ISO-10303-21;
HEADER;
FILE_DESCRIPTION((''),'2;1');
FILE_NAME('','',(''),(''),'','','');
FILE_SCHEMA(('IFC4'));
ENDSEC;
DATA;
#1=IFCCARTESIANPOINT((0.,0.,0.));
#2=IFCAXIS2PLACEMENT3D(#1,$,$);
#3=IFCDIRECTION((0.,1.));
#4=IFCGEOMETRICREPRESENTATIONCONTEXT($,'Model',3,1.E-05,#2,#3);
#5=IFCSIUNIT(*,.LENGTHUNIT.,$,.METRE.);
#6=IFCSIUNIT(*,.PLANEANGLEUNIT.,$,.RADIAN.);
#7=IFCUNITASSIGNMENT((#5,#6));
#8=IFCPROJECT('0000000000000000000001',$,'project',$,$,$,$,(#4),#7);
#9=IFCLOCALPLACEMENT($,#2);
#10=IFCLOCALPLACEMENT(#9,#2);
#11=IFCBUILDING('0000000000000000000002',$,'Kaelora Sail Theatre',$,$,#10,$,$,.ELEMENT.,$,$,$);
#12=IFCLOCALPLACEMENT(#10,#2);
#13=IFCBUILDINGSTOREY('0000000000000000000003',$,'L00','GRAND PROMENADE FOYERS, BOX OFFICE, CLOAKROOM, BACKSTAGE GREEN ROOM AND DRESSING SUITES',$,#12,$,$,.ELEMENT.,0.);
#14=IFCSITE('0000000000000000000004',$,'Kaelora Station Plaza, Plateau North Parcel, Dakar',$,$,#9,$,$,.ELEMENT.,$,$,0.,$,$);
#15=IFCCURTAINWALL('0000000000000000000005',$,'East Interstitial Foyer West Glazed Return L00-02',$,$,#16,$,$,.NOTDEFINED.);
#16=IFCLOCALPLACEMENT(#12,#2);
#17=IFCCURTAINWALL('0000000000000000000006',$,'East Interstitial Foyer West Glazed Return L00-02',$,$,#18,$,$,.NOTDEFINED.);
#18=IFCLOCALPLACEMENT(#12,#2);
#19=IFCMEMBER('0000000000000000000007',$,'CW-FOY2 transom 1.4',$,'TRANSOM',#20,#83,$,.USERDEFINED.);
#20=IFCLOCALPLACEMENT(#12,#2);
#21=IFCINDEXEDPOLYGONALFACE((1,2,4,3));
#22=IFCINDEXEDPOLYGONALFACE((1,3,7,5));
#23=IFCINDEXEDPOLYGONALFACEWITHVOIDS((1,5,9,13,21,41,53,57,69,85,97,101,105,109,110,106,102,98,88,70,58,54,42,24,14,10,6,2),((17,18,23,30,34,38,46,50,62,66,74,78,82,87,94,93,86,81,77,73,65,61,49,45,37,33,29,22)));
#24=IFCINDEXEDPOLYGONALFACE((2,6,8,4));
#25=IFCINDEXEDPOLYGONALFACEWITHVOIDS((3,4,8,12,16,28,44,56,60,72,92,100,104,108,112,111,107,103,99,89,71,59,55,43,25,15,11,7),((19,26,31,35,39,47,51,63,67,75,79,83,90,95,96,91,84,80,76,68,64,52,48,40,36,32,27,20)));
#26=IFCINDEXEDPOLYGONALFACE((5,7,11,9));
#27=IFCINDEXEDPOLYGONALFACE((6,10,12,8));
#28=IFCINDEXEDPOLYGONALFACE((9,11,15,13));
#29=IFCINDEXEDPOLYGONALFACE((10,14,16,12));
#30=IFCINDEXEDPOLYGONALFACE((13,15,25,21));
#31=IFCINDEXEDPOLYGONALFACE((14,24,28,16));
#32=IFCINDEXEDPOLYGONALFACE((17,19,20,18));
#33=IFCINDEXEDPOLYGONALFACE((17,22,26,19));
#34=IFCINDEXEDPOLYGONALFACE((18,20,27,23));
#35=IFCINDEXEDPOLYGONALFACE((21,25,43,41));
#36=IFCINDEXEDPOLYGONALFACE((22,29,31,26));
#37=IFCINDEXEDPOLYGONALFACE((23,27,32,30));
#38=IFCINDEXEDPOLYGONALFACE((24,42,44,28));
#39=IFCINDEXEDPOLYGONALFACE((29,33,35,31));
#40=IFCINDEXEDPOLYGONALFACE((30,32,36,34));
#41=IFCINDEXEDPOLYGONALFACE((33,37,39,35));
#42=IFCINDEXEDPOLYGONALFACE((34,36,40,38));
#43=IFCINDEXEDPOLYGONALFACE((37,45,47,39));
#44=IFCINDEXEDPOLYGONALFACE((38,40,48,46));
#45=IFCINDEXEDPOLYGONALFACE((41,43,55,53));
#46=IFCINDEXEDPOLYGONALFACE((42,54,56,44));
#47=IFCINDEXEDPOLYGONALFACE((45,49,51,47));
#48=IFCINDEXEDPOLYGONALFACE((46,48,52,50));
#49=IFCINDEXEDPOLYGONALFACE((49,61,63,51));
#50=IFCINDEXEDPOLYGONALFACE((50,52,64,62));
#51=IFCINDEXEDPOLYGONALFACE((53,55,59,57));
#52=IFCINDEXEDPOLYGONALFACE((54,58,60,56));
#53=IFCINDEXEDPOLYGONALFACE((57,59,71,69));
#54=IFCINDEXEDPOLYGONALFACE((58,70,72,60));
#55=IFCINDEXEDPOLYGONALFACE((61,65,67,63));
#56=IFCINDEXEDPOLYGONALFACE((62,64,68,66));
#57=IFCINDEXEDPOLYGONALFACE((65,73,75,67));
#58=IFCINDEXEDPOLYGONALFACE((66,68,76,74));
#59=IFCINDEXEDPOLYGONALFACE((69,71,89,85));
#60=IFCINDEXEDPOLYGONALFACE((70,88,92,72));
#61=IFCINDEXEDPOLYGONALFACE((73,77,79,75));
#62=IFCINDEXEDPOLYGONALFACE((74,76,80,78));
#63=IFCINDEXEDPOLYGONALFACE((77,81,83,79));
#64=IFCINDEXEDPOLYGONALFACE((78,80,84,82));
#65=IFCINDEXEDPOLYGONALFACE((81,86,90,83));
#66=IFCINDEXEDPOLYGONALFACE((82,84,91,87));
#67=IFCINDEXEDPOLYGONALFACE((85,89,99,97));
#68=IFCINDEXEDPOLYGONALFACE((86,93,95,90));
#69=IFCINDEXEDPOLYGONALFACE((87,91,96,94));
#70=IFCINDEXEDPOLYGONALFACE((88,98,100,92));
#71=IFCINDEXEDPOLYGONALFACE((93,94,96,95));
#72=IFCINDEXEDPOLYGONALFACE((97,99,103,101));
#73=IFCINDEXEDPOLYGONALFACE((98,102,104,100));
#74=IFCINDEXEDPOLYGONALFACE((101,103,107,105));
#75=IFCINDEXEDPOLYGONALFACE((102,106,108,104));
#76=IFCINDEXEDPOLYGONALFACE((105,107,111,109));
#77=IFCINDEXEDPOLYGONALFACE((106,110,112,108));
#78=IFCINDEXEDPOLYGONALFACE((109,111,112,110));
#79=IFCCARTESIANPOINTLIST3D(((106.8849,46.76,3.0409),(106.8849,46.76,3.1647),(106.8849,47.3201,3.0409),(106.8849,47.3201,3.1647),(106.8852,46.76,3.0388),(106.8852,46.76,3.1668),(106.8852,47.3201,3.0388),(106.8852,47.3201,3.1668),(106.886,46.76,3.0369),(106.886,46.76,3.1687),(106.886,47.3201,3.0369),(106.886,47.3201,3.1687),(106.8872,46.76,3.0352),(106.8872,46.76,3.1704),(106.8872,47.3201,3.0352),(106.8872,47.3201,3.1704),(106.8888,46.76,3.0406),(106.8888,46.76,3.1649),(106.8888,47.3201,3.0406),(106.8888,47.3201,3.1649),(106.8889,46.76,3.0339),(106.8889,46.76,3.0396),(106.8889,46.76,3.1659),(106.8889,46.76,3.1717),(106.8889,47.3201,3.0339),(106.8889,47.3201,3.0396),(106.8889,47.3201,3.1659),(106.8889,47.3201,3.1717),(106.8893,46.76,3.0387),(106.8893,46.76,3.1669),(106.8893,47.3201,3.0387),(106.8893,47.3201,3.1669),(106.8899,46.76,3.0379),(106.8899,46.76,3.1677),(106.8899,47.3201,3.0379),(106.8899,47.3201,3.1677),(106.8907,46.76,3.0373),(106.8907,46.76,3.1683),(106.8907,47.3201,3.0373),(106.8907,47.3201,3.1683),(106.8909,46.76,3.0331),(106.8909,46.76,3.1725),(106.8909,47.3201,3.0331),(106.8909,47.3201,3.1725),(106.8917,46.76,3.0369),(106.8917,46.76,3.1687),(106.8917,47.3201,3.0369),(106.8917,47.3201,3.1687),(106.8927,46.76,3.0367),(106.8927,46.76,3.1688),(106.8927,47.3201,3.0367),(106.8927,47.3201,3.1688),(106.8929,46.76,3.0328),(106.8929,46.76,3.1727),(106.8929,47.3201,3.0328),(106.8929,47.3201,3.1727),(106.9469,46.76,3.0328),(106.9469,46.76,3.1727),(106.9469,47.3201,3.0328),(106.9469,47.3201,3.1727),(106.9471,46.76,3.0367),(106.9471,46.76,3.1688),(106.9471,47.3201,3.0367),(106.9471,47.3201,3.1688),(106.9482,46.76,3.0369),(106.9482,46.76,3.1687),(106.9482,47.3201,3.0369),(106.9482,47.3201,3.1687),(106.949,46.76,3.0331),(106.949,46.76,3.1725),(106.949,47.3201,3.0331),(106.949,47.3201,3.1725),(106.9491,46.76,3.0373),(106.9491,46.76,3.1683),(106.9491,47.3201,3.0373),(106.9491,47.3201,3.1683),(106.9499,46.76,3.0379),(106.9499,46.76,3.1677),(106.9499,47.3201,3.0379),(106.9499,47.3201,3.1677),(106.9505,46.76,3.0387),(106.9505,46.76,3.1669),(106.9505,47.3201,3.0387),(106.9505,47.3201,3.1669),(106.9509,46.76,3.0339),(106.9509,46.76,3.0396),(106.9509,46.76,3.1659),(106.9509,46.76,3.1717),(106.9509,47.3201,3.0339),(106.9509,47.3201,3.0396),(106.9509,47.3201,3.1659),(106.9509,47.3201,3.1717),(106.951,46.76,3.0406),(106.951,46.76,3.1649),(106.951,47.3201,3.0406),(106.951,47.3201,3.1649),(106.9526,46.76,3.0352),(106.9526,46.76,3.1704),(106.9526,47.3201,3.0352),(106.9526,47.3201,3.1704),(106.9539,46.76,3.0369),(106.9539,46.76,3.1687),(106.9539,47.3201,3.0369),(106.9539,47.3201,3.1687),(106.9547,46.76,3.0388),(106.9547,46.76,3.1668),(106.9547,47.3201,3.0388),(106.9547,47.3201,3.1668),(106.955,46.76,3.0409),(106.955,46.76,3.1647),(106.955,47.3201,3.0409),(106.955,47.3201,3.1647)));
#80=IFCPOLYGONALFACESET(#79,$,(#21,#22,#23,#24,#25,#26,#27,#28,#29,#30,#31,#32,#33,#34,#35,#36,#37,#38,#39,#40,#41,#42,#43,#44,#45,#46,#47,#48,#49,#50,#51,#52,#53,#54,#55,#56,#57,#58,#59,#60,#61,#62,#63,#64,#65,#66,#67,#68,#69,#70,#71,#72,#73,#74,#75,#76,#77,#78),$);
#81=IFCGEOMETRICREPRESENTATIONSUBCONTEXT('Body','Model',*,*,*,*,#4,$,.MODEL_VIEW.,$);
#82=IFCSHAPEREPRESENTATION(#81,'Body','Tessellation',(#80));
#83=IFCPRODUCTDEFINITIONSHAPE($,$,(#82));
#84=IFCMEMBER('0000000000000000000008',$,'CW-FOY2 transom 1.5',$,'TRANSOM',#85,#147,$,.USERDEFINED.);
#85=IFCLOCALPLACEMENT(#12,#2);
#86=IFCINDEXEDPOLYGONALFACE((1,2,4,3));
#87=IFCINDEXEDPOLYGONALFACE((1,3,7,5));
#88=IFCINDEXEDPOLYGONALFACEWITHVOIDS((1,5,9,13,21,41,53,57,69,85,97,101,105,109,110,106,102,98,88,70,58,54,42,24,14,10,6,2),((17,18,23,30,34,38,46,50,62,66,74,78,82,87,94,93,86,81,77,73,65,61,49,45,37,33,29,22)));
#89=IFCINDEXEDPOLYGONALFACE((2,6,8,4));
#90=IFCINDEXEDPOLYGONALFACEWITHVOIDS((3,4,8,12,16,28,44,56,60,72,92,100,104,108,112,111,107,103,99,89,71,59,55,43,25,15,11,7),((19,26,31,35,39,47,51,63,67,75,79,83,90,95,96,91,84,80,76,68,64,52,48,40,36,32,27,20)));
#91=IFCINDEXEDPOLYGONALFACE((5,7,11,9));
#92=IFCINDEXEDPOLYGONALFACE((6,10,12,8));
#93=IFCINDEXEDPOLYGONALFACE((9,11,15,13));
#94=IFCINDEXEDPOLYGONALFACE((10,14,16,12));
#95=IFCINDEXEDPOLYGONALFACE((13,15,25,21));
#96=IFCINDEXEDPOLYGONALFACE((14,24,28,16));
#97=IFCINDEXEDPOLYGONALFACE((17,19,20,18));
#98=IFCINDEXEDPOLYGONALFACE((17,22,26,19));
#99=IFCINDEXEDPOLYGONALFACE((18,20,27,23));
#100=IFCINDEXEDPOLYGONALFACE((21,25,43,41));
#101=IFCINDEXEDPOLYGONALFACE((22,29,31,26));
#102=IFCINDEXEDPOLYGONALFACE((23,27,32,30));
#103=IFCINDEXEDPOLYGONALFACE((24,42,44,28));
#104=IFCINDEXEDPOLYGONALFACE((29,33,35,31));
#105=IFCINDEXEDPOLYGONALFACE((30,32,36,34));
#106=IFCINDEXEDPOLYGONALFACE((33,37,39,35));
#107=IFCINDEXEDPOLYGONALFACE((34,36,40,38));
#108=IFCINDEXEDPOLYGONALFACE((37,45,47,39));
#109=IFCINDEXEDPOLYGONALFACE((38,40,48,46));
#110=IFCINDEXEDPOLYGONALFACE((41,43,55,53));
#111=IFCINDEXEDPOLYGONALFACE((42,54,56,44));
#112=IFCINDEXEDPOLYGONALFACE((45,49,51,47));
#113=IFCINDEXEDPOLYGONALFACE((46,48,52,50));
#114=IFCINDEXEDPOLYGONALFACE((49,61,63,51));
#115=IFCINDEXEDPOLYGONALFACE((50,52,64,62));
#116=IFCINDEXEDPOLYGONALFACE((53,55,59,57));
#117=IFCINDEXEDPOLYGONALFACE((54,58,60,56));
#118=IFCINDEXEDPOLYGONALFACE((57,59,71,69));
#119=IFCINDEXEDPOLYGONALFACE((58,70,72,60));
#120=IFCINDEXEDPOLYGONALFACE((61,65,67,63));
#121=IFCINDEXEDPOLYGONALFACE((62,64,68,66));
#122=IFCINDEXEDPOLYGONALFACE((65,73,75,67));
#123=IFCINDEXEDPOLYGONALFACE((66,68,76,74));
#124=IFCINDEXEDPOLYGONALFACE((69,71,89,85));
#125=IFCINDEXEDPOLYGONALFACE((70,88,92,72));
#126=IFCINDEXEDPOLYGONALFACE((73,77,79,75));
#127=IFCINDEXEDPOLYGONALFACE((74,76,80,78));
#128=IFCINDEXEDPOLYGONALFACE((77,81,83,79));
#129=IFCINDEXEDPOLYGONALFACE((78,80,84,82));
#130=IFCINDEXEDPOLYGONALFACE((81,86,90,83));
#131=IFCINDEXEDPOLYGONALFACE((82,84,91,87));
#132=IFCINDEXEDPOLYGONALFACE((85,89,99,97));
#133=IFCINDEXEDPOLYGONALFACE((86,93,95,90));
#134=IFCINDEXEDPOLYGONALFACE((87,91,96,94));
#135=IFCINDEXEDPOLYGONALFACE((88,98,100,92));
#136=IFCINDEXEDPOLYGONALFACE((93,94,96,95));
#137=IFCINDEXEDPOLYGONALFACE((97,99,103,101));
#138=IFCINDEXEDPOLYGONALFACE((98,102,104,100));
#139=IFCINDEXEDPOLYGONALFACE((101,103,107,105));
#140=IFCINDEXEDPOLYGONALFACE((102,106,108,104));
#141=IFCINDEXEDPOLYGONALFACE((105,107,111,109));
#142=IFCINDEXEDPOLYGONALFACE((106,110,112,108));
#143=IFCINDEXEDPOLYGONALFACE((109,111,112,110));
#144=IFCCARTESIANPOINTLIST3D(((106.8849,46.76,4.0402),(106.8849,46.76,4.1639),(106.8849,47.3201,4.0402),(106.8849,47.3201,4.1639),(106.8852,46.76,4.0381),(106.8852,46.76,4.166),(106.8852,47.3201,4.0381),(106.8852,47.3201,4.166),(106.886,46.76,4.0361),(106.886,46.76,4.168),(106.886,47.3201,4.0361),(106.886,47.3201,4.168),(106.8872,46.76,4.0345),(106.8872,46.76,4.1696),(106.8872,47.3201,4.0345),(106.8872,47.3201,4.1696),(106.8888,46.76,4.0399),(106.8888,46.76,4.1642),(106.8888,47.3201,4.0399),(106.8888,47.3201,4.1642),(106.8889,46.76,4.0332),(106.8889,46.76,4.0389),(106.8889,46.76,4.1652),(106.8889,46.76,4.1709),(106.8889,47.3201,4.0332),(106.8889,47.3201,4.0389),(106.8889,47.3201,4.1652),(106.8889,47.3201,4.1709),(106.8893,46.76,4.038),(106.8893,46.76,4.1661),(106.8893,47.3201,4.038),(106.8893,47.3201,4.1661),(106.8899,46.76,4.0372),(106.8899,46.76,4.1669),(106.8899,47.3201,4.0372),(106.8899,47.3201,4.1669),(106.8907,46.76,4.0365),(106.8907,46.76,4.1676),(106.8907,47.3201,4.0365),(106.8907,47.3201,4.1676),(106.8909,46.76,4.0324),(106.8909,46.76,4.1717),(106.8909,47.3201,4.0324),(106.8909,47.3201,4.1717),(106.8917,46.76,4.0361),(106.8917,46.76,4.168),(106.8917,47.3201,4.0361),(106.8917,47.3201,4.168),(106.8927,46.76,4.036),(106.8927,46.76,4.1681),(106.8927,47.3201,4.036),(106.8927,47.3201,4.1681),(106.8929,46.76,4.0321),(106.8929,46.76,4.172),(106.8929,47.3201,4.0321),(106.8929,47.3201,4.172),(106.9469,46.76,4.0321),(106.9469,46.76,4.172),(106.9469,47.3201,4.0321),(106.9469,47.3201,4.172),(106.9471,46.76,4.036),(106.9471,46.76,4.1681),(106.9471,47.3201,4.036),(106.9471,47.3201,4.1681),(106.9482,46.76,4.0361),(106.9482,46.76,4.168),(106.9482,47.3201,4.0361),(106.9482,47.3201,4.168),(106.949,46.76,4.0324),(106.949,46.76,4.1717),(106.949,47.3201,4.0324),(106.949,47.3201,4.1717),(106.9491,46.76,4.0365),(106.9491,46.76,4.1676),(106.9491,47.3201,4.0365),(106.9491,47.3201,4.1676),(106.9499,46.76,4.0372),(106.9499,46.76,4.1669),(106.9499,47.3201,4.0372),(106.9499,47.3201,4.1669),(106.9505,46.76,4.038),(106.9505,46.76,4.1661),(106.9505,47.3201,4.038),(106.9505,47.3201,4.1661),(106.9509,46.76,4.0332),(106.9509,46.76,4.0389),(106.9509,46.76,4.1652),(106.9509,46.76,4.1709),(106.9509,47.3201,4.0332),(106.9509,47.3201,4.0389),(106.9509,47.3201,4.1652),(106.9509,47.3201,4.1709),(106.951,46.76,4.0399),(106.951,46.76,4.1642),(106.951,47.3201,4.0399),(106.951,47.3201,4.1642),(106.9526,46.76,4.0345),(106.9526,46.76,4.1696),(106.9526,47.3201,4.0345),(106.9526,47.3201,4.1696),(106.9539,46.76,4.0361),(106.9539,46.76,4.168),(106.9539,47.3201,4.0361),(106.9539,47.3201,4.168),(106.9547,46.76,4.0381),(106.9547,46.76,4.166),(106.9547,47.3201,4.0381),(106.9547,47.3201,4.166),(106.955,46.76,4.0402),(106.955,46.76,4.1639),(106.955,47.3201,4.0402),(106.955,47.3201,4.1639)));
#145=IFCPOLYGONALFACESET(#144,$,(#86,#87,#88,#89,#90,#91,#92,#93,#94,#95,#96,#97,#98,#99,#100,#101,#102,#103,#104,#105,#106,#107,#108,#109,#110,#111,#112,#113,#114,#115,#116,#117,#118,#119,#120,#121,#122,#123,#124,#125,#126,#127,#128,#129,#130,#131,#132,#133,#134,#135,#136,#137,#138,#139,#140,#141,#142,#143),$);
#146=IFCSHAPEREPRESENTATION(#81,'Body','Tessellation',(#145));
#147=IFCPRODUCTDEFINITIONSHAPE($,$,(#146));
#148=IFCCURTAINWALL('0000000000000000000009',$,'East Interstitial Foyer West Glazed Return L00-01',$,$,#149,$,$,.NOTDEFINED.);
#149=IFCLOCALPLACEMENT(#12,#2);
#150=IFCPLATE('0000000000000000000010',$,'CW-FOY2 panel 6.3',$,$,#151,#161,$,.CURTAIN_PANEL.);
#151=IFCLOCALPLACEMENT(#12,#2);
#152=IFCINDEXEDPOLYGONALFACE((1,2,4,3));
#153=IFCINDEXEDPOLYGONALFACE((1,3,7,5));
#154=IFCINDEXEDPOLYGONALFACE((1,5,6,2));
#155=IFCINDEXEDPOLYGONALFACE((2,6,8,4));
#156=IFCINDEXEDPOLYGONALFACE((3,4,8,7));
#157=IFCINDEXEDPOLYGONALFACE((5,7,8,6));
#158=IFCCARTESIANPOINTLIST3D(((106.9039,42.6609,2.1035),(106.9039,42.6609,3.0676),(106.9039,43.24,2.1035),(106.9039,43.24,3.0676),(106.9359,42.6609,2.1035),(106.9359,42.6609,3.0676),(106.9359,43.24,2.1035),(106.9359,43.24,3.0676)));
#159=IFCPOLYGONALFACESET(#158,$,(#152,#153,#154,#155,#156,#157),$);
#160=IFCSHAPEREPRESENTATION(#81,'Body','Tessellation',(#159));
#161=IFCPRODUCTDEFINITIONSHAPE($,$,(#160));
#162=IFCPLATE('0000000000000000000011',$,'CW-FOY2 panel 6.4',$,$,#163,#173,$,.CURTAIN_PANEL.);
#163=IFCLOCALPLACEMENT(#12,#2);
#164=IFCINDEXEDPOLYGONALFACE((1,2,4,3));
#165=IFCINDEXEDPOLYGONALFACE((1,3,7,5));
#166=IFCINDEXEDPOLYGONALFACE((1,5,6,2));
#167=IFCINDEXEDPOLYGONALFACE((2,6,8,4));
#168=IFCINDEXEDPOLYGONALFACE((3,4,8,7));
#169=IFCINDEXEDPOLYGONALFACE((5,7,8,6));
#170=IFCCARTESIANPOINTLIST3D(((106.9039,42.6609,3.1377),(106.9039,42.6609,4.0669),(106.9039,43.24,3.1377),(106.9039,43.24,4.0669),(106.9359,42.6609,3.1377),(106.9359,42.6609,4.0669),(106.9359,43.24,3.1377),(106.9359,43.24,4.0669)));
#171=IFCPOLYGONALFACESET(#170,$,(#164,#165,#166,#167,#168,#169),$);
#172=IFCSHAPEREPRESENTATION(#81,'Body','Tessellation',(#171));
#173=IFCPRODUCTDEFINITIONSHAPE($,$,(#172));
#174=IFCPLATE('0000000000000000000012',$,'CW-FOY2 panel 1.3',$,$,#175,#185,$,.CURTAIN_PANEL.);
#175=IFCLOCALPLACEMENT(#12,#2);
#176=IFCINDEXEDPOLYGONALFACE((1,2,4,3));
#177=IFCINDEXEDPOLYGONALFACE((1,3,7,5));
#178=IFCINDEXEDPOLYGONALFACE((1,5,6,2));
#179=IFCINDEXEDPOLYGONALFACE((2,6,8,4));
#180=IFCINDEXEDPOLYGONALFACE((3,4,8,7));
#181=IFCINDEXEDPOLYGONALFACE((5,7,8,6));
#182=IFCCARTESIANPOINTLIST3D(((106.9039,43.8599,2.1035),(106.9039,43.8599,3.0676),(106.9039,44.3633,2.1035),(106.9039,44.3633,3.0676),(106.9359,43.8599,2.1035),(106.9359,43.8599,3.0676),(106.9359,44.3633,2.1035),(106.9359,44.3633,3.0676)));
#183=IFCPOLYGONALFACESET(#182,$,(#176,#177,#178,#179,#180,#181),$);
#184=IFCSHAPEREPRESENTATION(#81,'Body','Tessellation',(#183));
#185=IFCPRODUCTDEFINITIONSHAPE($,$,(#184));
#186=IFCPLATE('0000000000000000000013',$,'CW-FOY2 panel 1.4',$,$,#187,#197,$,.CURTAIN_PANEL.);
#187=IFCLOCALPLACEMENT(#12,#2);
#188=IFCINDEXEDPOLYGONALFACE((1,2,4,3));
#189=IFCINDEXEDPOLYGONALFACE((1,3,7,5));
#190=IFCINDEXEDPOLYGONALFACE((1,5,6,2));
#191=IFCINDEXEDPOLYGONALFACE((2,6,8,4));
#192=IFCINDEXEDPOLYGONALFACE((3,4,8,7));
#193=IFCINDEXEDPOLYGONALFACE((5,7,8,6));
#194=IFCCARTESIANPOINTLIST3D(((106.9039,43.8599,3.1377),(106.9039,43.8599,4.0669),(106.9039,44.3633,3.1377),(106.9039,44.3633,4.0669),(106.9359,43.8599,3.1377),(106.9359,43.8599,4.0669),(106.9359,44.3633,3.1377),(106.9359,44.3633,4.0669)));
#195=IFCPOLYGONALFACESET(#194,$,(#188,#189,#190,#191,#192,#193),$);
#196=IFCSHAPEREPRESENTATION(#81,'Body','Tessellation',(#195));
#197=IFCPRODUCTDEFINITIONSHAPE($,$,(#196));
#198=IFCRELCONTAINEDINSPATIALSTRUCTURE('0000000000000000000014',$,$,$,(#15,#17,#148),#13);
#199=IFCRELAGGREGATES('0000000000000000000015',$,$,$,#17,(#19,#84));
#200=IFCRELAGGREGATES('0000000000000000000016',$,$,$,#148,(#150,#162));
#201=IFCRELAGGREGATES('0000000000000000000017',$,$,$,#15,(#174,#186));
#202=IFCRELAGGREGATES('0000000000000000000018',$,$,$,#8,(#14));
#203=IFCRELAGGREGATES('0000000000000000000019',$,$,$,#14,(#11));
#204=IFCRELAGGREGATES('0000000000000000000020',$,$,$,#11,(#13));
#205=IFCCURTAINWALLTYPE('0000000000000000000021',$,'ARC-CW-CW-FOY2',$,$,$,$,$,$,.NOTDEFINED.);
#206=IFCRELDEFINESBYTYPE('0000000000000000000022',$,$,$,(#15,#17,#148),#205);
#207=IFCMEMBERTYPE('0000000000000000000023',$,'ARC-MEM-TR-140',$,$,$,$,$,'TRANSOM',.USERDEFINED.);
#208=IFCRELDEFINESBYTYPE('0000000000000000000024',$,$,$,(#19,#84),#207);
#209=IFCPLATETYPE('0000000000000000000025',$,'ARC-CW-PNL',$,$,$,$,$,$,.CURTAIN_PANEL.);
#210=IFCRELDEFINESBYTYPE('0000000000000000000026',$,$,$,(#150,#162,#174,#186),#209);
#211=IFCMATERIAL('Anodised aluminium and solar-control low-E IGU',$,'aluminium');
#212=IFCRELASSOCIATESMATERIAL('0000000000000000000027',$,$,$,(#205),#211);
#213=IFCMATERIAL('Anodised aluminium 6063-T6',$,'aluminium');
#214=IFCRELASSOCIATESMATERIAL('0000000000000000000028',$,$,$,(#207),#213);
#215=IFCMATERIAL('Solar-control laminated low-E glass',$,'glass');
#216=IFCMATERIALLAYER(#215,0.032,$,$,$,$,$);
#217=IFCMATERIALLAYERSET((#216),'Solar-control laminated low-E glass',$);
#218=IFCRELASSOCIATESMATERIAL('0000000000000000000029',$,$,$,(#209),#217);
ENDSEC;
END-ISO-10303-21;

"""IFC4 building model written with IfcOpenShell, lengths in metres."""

from ifc_helpers import new_model, si_unit, direction, frame, origin, origin_2d, place, context, subcontext, project, spatial, rectangle, hollow_rectangle, extrude, material, layer, layer_set, material_profile, profile_set, type_object, element, aggregate, save


model = new_model("IFC4")

# Units and contexts
model_context = context("Model", 3, precision=1e-05, world=origin(), true_north=direction((0.0, 1.0)))
body_context = subcontext(model_context, "Body", "Model", "MODEL_VIEW")
ifc_project = project(units=[si_unit("LENGTHUNIT", "METRE"), si_unit("PLANEANGLEUNIT", "RADIAN")], contexts=[model_context])

# Site, building, storey
site_placement = place(None, origin())
site = spatial("IfcSite", under=ifc_project, at=site_placement, Name="Kaelora Station Plaza, Plateau North Parcel, Dakar", CompositionType="ELEMENT", RefElevation=0.0)
building_placement = place(site_placement, origin())
building = spatial("IfcBuilding", under=site, at=building_placement, Name="Kaelora Sail Theatre", CompositionType="ELEMENT")
storey_placement = place(building_placement, origin())
storey = spatial("IfcBuildingStorey", under=building, at=storey_placement, Name="L00", Description="GRAND PROMENADE FOYERS, BOX OFFICE, CLOAKROOM, BACKSTAGE GREEN ROOM AND DRESSING SUITES", CompositionType="ELEMENT", Elevation=0.0)

# Curtain walls, members
ifc_material_1 = material(Name="Anodised aluminium and solar-control low-E IGU", Category="aluminium")
curtain_wall_type = type_object("IfcCurtainWallType", Name="ARC-CW-CW-FOY2", PredefinedType="NOTDEFINED", material=ifc_material_1)
curtain_wall_1_placement = place(storey_placement, origin())
curtain_wall_1 = element("IfcCurtainWall", 1, at=curtain_wall_1_placement, inside=storey, type_object=curtain_wall_type, Name="East Interstitial Foyer West Glazed Return L00-02", PredefinedType="NOTDEFINED")
ifc_material_2 = material(Name="Anodised aluminium 6063-T6", Category="aluminium")
ifc_material_profile = material_profile(ifc_material_2, hollow_rectangle(XDim=0.0701, YDim=0.1399, WallThickness=0.0039, InnerFilletRadius=0.0039, OuterFilletRadius=0.0081, at=origin_2d()), Name="ALU-TRAN 70x140x4")
ifc_profile_set = profile_set([ifc_material_profile], Name="Anodised aluminium 6063-T6")
member_type = type_object("IfcMemberType", Name="ARC-MEM-TR-140", ElementType="TRANSOM", PredefinedType="USERDEFINED", material=ifc_profile_set)
curtain_wall_2_placement = place(storey_placement, origin())
curtain_wall_2 = element("IfcCurtainWall", 2, at=curtain_wall_2_placement, inside=storey, type_object=curtain_wall_type, Name="East Interstitial Foyer West Glazed Return L00-02", PredefinedType="NOTDEFINED")
member_1_placement = place(storey_placement, frame((106.9199, 46.76, 3.1028), z_axis=(0.0, 1.0, 0.0), x_axis=(-1.0, 0.0, 0.0)))
member_1 = element("IfcMember", 3, at=member_1_placement, type_object=member_type, Name="CW-FOY2 transom 1.4", ObjectType="TRANSOM", PredefinedType="USERDEFINED", context=body_context, shape_type="SweptSolid", body=[
    extrude(hollow_rectangle(XDim=0.0701, YDim=0.1399, WallThickness=0.0039, InnerFilletRadius=0.0039, OuterFilletRadius=0.0081, at=origin_2d()), origin(), (0.0, 0.0, 1.0), 0.5601),
])
member_2_placement = place(storey_placement, frame((106.9199, 46.76, 4.1021), z_axis=(0.0, 1.0, 0.0), x_axis=(-1.0, 0.0, 0.0)))
member_2 = element("IfcMember", 4, at=member_2_placement, type_object=member_type, Name="CW-FOY2 transom 1.5", ObjectType="TRANSOM", PredefinedType="USERDEFINED", context=body_context, shape_type="SweptSolid", body=[
    extrude(hollow_rectangle(XDim=0.0701, YDim=0.1399, WallThickness=0.0039, InnerFilletRadius=0.0039, OuterFilletRadius=0.0081, at=origin_2d()), origin(), (0.0, 0.0, 1.0), 0.5601),
])
aggregate(curtain_wall_2, [member_1, member_2])

# Curtain wall, plates
curtain_wall_3_placement = place(storey_placement, origin())
curtain_wall_3 = element("IfcCurtainWall", 5, at=curtain_wall_3_placement, inside=storey, type_object=curtain_wall_type, Name="East Interstitial Foyer West Glazed Return L00-01", PredefinedType="NOTDEFINED")
ifc_material_3 = material(Name="Solar-control laminated low-E glass", Category="glass")
ifc_layer = layer(ifc_material_3, 0.032)
ifc_layer_set = layer_set([ifc_layer], Name="Solar-control laminated low-E glass")
plate_type = type_object("IfcPlateType", Name="ARC-CW-PNL", PredefinedType="CURTAIN_PANEL", material=ifc_layer_set)
plate_1_placement = place(storey_placement, frame((106.9199, 42.9504, 2.1035), z_axis=(0.0, 0.0, 1.0), x_axis=(0.0, 1.0, 0.0)))
plate_1 = element("IfcPlate", 6, at=plate_1_placement, type_object=plate_type, Name="CW-FOY2 panel 6.3", PredefinedType="CURTAIN_PANEL", context=body_context, shape_type="SweptSolid", body=[
    extrude(rectangle(XDim=0.5791, YDim=0.032, at=origin_2d()), origin(), (0.0, 0.0, 1.0), 0.9641),
])
plate_2_placement = place(storey_placement, frame((106.9199, 42.9504, 3.1377), z_axis=(0.0, 0.0, 1.0), x_axis=(0.0, 1.0, 0.0)))
plate_2 = element("IfcPlate", 7, at=plate_2_placement, type_object=plate_type, Name="CW-FOY2 panel 6.4", PredefinedType="CURTAIN_PANEL", context=body_context, shape_type="SweptSolid", body=[
    extrude(rectangle(XDim=0.5791, YDim=0.032, at=origin_2d()), origin(), (0.0, 0.0, 1.0), 0.9292),
])
aggregate(curtain_wall_3, [plate_1, plate_2])

# Plates
plate_3_placement = place(storey_placement, frame((106.9199, 44.1116, 2.1035), z_axis=(0.0, 0.0, 1.0), x_axis=(0.0, 1.0, 0.0)))
plate_3 = element("IfcPlate", 8, at=plate_3_placement, type_object=plate_type, Name="CW-FOY2 panel 1.3", PredefinedType="CURTAIN_PANEL", context=body_context, shape_type="SweptSolid", body=[
    extrude(rectangle(XDim=0.5034, YDim=0.032, at=origin_2d()), origin(), (0.0, 0.0, 1.0), 0.9641),
])
plate_4_placement = place(storey_placement, frame((106.9199, 44.1116, 3.1377), z_axis=(0.0, 0.0, 1.0), x_axis=(0.0, 1.0, 0.0)))
plate_4 = element("IfcPlate", 9, at=plate_4_placement, type_object=plate_type, Name="CW-FOY2 panel 1.4", PredefinedType="CURTAIN_PANEL", context=body_context, shape_type="SweptSolid", body=[
    extrude(rectangle(XDim=0.5034, YDim=0.032, at=origin_2d()), origin(), (0.0, 0.0, 1.0), 0.9292),
])
aggregate(curtain_wall_1, [plate_3, plate_4])

save(model, "model.ifc")
